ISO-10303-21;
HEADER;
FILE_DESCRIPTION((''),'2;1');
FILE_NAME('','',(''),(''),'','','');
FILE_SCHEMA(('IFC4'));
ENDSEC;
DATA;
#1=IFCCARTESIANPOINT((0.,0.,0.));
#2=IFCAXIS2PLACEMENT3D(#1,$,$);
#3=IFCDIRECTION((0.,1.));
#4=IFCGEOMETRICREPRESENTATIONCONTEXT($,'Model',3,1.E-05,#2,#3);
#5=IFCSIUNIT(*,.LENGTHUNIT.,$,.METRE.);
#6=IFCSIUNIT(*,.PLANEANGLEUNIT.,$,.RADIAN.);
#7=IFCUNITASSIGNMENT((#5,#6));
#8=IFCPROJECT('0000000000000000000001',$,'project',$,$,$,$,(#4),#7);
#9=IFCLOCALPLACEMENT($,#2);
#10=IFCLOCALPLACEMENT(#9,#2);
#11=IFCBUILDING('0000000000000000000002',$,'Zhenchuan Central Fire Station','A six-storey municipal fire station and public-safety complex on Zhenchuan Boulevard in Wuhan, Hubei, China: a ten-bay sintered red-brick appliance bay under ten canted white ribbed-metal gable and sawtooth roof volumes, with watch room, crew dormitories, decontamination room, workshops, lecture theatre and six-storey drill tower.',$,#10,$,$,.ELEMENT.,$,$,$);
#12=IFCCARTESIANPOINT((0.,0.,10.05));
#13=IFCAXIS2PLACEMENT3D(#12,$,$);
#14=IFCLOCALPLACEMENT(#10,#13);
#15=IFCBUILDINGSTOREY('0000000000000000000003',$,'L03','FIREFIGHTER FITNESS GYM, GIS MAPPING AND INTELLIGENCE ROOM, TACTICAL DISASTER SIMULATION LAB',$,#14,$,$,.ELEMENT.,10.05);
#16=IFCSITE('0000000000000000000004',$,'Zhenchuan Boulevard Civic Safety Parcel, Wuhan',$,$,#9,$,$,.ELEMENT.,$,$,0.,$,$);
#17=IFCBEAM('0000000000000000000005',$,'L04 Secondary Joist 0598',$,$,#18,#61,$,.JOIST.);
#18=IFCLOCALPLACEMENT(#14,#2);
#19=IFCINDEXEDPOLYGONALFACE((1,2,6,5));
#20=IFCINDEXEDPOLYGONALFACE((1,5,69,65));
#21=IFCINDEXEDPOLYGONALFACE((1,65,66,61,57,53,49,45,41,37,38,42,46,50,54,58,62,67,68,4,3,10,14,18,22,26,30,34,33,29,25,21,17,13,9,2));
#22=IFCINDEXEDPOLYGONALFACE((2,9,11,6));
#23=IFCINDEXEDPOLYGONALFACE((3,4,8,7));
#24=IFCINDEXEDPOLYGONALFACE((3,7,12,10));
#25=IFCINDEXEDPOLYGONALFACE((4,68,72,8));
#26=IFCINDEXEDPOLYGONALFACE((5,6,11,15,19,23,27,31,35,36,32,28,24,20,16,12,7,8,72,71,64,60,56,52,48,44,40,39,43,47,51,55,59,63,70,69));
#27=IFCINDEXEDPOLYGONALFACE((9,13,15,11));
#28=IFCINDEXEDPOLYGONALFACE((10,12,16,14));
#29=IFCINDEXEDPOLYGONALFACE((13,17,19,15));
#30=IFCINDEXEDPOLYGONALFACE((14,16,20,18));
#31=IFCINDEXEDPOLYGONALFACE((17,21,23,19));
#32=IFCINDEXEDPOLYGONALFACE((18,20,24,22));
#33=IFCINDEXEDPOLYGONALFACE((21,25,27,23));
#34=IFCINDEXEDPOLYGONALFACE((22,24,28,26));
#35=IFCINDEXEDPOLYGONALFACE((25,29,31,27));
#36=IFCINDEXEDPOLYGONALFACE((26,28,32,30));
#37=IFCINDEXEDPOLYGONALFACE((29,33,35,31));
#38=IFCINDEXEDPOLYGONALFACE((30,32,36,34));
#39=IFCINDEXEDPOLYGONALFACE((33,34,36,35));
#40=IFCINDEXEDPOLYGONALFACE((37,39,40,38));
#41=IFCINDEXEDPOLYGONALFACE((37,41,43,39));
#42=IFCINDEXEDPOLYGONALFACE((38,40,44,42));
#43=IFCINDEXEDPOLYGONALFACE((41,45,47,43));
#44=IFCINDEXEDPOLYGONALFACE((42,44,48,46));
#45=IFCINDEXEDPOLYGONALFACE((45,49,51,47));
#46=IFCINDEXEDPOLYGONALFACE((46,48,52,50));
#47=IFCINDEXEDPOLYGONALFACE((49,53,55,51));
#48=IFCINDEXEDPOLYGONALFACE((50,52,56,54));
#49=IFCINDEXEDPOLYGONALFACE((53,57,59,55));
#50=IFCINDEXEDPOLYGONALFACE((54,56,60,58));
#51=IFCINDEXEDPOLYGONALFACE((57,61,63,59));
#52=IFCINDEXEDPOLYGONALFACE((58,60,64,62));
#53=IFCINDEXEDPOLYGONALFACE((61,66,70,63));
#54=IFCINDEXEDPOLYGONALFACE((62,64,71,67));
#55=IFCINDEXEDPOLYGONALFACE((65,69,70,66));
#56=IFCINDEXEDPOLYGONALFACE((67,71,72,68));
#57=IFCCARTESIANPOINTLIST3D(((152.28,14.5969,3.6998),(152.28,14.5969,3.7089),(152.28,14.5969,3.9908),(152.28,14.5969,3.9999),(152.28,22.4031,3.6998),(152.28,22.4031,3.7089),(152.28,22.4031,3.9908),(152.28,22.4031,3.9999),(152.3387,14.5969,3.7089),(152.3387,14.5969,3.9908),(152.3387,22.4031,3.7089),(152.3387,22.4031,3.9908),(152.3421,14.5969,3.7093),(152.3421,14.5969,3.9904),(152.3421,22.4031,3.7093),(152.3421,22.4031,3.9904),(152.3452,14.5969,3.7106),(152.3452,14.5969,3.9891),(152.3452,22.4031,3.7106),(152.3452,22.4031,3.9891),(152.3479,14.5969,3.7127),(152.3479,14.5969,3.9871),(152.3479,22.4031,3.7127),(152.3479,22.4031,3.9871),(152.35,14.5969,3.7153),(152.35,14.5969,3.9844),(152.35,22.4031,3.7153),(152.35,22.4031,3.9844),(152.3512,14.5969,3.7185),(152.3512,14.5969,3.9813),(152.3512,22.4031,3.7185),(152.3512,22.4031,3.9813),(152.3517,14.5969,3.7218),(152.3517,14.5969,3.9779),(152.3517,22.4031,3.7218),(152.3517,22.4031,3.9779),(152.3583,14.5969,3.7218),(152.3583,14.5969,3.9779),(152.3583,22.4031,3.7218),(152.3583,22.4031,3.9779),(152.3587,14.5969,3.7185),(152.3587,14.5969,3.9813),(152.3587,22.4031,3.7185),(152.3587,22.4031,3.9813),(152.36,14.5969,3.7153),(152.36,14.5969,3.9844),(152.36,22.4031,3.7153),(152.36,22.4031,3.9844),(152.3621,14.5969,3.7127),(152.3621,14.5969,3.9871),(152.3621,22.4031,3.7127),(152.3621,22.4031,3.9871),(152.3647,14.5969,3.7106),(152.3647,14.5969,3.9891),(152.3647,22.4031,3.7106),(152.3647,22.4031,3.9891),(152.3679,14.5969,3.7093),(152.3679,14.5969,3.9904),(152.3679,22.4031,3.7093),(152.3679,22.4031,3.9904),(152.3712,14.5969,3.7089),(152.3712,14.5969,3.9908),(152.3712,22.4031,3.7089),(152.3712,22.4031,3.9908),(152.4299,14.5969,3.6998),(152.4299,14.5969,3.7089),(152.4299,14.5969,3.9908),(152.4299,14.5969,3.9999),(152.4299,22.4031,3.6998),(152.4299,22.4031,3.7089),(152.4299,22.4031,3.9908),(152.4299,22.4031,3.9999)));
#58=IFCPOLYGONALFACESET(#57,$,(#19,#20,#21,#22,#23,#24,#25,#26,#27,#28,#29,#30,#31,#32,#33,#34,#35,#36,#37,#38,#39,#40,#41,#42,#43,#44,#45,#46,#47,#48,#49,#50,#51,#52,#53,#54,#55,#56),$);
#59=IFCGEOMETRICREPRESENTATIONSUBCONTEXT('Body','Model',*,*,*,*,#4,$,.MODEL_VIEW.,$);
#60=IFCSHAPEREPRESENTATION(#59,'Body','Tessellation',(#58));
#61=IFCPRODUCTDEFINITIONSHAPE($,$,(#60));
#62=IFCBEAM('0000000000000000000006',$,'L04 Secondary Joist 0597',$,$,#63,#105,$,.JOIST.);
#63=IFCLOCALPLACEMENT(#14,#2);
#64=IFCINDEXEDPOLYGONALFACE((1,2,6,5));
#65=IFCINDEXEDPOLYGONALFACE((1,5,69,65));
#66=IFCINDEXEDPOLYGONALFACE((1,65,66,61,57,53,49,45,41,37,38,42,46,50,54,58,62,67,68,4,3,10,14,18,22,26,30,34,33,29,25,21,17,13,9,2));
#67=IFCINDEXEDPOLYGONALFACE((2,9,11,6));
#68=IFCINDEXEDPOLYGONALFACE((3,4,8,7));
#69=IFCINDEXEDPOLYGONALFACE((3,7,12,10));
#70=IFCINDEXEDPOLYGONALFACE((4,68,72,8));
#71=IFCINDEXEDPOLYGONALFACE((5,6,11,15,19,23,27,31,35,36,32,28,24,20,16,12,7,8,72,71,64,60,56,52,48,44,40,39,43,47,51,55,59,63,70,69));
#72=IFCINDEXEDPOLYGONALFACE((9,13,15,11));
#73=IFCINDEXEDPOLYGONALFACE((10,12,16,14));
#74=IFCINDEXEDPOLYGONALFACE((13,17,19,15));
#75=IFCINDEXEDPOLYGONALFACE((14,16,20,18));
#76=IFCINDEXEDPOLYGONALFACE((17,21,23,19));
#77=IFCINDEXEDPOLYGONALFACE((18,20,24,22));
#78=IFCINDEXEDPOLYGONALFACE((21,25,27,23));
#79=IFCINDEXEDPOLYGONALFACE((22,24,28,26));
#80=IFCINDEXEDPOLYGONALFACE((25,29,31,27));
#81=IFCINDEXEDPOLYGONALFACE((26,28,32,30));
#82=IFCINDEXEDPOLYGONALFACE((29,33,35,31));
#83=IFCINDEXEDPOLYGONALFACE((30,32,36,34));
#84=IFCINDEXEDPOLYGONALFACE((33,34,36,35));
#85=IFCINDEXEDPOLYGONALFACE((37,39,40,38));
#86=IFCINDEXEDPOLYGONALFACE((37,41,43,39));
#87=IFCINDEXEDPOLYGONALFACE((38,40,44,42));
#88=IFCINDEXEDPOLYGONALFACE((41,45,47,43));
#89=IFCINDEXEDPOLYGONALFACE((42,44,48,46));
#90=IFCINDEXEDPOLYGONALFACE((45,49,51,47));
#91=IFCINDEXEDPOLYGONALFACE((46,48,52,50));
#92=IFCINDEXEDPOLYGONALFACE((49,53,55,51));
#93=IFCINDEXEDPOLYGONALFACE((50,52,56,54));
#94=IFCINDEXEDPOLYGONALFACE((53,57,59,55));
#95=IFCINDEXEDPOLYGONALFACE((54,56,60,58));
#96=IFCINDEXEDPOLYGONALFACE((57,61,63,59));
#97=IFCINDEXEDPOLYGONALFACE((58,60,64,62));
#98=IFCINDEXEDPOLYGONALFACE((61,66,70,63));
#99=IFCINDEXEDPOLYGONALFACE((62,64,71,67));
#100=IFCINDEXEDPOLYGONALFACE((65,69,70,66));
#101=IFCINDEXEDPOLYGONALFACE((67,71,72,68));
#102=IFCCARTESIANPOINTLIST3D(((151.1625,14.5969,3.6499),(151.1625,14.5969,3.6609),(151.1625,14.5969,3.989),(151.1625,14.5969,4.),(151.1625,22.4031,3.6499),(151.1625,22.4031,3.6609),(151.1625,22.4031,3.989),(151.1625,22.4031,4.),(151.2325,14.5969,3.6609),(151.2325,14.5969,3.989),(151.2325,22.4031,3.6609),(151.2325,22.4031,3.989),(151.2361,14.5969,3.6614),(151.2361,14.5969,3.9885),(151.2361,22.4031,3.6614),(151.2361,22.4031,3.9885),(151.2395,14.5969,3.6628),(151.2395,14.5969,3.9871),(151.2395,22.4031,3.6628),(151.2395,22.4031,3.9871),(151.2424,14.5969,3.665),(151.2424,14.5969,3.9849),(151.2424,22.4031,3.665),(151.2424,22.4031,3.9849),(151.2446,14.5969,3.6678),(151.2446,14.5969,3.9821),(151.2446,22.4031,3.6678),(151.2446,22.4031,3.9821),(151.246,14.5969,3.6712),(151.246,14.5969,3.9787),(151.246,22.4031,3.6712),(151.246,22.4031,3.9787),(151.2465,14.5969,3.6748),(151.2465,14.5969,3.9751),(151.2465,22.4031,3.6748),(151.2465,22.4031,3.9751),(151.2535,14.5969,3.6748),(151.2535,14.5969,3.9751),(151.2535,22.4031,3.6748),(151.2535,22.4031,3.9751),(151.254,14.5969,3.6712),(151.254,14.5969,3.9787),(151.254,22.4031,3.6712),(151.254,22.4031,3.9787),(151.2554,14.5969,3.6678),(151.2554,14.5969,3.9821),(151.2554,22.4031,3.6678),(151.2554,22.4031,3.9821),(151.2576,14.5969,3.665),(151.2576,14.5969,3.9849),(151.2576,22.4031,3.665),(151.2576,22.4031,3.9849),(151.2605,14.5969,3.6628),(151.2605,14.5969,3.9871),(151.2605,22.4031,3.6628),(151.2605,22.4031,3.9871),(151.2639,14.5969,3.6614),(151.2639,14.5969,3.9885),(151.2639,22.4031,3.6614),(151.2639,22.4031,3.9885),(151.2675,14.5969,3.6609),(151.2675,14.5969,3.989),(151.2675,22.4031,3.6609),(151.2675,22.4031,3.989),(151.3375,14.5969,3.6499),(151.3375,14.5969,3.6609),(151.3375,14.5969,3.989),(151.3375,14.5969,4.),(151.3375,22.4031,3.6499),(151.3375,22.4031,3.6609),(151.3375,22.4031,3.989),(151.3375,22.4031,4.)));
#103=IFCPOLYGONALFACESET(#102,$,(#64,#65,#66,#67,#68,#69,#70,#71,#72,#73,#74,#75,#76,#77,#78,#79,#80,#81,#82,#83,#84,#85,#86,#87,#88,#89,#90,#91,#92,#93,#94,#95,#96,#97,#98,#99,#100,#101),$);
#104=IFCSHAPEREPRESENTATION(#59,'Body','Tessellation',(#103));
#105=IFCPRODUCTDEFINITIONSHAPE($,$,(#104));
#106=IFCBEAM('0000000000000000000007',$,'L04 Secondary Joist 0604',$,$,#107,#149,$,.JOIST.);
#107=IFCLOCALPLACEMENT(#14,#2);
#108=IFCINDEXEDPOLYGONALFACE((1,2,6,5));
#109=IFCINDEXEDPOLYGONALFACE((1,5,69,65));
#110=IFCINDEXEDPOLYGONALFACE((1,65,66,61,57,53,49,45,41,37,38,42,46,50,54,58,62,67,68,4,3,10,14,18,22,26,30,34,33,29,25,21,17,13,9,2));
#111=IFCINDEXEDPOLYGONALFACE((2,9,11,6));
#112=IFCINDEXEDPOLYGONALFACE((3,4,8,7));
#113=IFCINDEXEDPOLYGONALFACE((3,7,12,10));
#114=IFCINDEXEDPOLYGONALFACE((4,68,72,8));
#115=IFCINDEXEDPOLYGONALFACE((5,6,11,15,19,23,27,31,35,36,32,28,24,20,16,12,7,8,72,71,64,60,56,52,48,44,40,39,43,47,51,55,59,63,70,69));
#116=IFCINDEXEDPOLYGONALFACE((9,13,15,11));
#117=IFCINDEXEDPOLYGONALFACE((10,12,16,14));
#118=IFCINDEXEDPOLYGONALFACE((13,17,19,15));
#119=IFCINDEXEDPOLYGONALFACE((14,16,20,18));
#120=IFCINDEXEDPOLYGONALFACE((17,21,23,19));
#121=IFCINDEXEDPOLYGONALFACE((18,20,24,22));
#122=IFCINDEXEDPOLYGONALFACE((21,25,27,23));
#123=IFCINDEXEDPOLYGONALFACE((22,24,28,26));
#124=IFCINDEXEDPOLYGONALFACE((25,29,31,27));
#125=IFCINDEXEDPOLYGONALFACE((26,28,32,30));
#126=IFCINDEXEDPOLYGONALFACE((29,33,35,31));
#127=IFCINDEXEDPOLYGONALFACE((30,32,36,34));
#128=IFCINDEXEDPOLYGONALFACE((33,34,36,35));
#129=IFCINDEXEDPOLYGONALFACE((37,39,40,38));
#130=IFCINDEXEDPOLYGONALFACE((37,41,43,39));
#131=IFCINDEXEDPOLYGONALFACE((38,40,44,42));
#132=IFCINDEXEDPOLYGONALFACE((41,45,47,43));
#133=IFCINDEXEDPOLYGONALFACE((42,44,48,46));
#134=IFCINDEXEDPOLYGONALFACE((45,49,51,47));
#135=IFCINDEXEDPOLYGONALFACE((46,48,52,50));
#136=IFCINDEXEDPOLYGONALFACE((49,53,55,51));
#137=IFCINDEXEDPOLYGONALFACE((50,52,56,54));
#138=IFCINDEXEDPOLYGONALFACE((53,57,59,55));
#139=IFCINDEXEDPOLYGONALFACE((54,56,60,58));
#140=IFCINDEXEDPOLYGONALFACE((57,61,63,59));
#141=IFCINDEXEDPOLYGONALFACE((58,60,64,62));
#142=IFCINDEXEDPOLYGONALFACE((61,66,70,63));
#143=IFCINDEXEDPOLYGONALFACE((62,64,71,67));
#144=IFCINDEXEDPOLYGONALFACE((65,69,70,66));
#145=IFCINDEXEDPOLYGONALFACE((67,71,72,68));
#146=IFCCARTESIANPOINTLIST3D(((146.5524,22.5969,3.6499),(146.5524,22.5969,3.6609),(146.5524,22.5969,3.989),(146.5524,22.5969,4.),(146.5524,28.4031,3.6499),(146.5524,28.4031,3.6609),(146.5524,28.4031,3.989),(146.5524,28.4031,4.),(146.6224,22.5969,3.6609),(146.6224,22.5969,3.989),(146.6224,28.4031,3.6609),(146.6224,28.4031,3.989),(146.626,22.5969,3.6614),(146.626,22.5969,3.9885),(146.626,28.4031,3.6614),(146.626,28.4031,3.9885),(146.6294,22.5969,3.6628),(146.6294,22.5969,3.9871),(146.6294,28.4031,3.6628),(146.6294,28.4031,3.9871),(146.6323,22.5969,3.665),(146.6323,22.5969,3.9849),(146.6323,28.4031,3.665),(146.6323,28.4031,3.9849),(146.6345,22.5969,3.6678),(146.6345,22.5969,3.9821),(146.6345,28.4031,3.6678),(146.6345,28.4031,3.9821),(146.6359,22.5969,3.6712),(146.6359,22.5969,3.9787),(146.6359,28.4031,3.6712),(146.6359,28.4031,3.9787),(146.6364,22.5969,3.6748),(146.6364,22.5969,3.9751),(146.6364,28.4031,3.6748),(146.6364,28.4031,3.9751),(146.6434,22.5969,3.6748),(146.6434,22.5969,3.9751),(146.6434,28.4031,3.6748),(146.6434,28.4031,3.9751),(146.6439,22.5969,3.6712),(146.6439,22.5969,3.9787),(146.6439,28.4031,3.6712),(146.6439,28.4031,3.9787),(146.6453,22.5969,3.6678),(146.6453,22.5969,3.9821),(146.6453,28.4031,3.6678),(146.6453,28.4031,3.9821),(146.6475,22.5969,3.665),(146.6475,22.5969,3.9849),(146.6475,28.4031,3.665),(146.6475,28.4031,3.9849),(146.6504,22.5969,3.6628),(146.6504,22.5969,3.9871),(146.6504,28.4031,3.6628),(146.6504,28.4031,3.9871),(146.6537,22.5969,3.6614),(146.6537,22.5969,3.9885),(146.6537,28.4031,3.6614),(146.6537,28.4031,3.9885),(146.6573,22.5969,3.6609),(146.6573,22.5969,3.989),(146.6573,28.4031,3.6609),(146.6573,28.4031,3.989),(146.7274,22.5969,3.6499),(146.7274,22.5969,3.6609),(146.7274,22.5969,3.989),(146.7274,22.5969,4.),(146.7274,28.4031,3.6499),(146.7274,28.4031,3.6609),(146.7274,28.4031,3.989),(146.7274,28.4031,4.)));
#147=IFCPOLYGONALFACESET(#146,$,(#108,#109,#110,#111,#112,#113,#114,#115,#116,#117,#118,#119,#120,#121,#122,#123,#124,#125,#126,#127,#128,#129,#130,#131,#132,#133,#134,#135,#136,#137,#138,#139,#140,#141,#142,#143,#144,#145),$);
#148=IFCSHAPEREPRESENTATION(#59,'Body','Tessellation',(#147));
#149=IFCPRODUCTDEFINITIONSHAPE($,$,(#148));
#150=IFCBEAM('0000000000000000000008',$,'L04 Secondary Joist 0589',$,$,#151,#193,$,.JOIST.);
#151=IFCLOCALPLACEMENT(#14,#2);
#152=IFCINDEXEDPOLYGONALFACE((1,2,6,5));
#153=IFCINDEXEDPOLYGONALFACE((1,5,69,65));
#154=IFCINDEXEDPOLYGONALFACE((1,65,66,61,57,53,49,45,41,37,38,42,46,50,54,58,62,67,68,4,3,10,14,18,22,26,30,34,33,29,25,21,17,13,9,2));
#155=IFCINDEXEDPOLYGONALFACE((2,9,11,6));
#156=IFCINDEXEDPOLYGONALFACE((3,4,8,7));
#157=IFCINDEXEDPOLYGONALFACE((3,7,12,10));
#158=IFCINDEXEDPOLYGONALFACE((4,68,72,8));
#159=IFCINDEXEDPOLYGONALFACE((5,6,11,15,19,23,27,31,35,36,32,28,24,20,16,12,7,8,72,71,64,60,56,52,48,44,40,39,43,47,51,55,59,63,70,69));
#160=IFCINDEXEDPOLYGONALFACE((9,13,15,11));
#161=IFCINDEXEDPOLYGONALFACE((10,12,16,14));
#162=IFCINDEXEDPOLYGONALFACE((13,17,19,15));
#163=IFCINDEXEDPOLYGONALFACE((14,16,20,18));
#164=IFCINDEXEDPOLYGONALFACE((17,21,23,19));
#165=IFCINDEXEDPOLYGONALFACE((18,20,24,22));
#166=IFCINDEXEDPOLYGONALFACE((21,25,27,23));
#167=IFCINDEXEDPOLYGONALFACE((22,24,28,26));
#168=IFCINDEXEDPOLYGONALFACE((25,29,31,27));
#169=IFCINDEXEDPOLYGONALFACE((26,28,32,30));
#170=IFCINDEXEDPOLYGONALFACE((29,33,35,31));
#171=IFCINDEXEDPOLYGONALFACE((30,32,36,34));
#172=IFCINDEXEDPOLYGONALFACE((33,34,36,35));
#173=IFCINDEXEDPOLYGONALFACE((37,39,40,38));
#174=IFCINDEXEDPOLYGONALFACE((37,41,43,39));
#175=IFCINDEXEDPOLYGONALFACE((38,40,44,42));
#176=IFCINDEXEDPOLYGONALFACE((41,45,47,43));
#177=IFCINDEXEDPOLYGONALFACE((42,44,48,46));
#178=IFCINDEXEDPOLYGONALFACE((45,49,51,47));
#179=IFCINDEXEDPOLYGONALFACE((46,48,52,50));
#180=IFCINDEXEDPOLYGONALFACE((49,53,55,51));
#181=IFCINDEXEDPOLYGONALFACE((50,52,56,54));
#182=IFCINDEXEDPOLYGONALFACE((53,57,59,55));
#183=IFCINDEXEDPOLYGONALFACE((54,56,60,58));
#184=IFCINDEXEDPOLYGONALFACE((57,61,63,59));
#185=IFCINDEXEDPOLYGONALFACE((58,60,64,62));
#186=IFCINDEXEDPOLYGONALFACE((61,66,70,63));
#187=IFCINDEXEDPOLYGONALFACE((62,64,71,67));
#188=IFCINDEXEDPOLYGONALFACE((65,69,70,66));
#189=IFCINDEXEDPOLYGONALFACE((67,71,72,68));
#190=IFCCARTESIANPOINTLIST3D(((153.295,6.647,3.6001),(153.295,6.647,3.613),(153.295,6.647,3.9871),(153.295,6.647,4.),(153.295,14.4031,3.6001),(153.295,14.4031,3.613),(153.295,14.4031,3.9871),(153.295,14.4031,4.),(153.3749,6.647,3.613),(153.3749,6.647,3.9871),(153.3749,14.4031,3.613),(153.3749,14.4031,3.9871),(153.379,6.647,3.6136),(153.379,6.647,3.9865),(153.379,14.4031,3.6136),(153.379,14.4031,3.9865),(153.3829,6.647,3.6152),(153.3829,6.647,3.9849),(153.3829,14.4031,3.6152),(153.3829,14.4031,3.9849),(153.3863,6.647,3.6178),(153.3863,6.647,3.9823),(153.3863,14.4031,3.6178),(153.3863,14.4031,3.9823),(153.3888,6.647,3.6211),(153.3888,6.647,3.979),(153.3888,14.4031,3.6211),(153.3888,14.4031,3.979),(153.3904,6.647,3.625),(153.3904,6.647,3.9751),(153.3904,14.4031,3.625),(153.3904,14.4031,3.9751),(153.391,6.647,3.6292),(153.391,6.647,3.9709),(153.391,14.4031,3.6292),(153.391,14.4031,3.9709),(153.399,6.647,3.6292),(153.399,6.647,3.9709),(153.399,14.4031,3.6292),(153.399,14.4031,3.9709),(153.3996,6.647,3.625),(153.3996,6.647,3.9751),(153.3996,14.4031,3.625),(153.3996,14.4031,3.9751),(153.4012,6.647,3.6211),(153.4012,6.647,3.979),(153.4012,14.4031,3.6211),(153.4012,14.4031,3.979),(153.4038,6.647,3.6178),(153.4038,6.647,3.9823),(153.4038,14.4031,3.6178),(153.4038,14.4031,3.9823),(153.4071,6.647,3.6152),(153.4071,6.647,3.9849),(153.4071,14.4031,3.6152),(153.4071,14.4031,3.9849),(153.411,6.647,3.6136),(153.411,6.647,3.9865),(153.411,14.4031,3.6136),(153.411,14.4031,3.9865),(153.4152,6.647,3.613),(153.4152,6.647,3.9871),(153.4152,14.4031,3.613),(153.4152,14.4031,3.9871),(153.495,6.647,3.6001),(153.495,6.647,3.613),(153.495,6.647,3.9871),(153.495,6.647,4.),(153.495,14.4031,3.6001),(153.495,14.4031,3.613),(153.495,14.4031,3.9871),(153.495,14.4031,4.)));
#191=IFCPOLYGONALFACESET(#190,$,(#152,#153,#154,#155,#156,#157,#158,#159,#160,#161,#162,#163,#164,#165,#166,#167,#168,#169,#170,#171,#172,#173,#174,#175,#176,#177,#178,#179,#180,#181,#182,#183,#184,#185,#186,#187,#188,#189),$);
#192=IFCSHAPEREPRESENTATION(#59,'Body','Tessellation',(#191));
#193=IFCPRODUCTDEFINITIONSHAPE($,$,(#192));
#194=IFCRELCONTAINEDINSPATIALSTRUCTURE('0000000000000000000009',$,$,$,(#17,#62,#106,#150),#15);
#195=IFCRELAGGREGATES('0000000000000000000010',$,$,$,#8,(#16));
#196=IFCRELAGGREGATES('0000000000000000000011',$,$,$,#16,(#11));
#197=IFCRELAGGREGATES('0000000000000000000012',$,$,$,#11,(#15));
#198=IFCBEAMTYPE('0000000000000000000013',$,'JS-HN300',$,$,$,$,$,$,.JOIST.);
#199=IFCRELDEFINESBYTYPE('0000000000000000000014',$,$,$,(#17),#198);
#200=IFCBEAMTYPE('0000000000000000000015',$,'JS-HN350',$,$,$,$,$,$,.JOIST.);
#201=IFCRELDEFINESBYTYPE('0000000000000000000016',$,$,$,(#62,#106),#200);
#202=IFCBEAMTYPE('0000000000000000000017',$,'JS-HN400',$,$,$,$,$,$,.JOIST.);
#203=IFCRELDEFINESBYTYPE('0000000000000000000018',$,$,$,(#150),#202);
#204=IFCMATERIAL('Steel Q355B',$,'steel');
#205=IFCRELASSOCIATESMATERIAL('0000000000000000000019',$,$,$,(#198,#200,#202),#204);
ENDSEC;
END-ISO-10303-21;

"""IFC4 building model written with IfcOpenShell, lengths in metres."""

from ifc_helpers import new_model, si_unit, direction, frame, origin, origin_2d, place, context, subcontext, project, spatial, i_section, extrude, material, material_profile, profile_set, type_object, element, save


model = new_model("IFC4")

# Units and contexts
model_context = context("Model", 3, precision=1e-05, world=origin(), true_north=direction((0.0, 1.0)))
body_context = subcontext(model_context, "Body", "Model", "MODEL_VIEW")
ifc_project = project(units=[si_unit("LENGTHUNIT", "METRE"), si_unit("PLANEANGLEUNIT", "RADIAN")], contexts=[model_context])

# Site, building, storey
site_placement = place(None, origin())
site = spatial("IfcSite", under=ifc_project, at=site_placement, Name="Zhenchuan Boulevard Civic Safety Parcel, Wuhan", CompositionType="ELEMENT", RefElevation=0.0)
building_placement = place(site_placement, origin())
building = spatial("IfcBuilding", under=site, at=building_placement, Name="Zhenchuan Central Fire Station", Description="A six-storey municipal fire station and public-safety complex on Zhenchuan Boulevard in Wuhan, Hubei, China: a ten-bay sintered red-brick appliance bay under ten canted white ribbed-metal gable and sawtooth roof volumes, with watch room, crew dormitories, decontamination room, workshops, lecture theatre and six-storey drill tower.", CompositionType="ELEMENT")
storey_placement = place(building_placement, frame((0.0, 0.0, 10.05)))
storey = spatial("IfcBuildingStorey", under=building, at=storey_placement, Name="L03", Description="FIREFIGHTER FITNESS GYM, GIS MAPPING AND INTELLIGENCE ROOM, TACTICAL DISASTER SIMULATION LAB", CompositionType="ELEMENT", Elevation=10.05)

# Shared definitions
ifc_material_1 = material(Name="Steel Q355B", Category="steel")

# Beams
ifc_material_profile_1 = material_profile(ifc_material_1, i_section(OverallWidth=0.1499, OverallDepth=0.3, WebThickness=0.0066, FlangeThickness=0.009, FilletRadius=0.0129, at=origin_2d()), Name="HN 300x150")
ifc_profile_set_1 = profile_set([ifc_material_profile_1], Name="Steel Q355B")
beam_type_1 = type_object("IfcBeamType", Name="JS-HN300", PredefinedType="JOIST", material=ifc_profile_set_1)
beam_1_placement = place(storey_placement, frame((152.355, 14.5969, 3.8499), z_axis=(0.0, 1.0, 0.0), x_axis=(-1.0, 0.0, 0.0)))
element("IfcBeam", 1, at=beam_1_placement, inside=storey, type_object=beam_type_1, Name="L04 Secondary Joist 0598", PredefinedType="JOIST", context=body_context, shape_type="SweptSolid", body=[
    extrude(i_section(OverallWidth=0.1499, OverallDepth=0.3, WebThickness=0.0066, FlangeThickness=0.009, FilletRadius=0.0129, at=origin_2d()), origin(), (0.0, 0.0, 1.0), 7.8062),
])
ifc_material_profile_2 = material_profile(ifc_material_1, i_section(OverallWidth=0.175, OverallDepth=0.3501, WebThickness=0.0071, FlangeThickness=0.011, FilletRadius=0.0139, at=origin_2d()), Name="HN 350x175")
ifc_profile_set_2 = profile_set([ifc_material_profile_2], Name="Steel Q355B")
beam_type_2 = type_object("IfcBeamType", Name="JS-HN350", PredefinedType="JOIST", material=ifc_profile_set_2)
beam_2_placement = place(storey_placement, frame((151.25, 14.5969, 3.825), z_axis=(0.0, 1.0, 0.0), x_axis=(-1.0, 0.0, 0.0)))
element("IfcBeam", 2, at=beam_2_placement, inside=storey, type_object=beam_type_2, Name="L04 Secondary Joist 0597", PredefinedType="JOIST", context=body_context, shape_type="SweptSolid", body=[
    extrude(i_section(OverallWidth=0.175, OverallDepth=0.3501, WebThickness=0.0071, FlangeThickness=0.011, FilletRadius=0.0139, at=origin_2d()), origin(), (0.0, 0.0, 1.0), 7.8062),
])
beam_3_placement = place(storey_placement, frame((146.6399, 22.5969, 3.825), z_axis=(0.0, 1.0, 0.0), x_axis=(-1.0, 0.0, 0.0)))
element("IfcBeam", 3, at=beam_3_placement, inside=storey, type_object=beam_type_2, Name="L04 Secondary Joist 0604", PredefinedType="JOIST", context=body_context, shape_type="SweptSolid", body=[
    extrude(i_section(OverallWidth=0.175, OverallDepth=0.3501, WebThickness=0.0071, FlangeThickness=0.011, FilletRadius=0.0139, at=origin_2d()), origin(), (0.0, 0.0, 1.0), 5.8062),
])
ifc_material_profile_3 = material_profile(ifc_material_1, i_section(OverallWidth=0.2, OverallDepth=0.3999, WebThickness=0.0081, FlangeThickness=0.0129, FilletRadius=0.0161, at=origin_2d()), Name="HN 400x200")
ifc_profile_set_3 = profile_set([ifc_material_profile_3], Name="Steel Q355B")
beam_type_3 = type_object("IfcBeamType", Name="JS-HN400", PredefinedType="JOIST", material=ifc_profile_set_3)
beam_4_placement = place(storey_placement, frame((153.395, 6.647, 3.8), z_axis=(0.0, 1.0, 0.0), x_axis=(-1.0, 0.0, 0.0)))
element("IfcBeam", 4, at=beam_4_placement, inside=storey, type_object=beam_type_3, Name="L04 Secondary Joist 0589", PredefinedType="JOIST", context=body_context, shape_type="SweptSolid", body=[
    extrude(i_section(OverallWidth=0.2, OverallDepth=0.3999, WebThickness=0.0081, FlangeThickness=0.0129, FilletRadius=0.0161, at=origin_2d()), origin(), (0.0, 0.0, 1.0), 7.7561),
])

save(model, "model.ifc")
